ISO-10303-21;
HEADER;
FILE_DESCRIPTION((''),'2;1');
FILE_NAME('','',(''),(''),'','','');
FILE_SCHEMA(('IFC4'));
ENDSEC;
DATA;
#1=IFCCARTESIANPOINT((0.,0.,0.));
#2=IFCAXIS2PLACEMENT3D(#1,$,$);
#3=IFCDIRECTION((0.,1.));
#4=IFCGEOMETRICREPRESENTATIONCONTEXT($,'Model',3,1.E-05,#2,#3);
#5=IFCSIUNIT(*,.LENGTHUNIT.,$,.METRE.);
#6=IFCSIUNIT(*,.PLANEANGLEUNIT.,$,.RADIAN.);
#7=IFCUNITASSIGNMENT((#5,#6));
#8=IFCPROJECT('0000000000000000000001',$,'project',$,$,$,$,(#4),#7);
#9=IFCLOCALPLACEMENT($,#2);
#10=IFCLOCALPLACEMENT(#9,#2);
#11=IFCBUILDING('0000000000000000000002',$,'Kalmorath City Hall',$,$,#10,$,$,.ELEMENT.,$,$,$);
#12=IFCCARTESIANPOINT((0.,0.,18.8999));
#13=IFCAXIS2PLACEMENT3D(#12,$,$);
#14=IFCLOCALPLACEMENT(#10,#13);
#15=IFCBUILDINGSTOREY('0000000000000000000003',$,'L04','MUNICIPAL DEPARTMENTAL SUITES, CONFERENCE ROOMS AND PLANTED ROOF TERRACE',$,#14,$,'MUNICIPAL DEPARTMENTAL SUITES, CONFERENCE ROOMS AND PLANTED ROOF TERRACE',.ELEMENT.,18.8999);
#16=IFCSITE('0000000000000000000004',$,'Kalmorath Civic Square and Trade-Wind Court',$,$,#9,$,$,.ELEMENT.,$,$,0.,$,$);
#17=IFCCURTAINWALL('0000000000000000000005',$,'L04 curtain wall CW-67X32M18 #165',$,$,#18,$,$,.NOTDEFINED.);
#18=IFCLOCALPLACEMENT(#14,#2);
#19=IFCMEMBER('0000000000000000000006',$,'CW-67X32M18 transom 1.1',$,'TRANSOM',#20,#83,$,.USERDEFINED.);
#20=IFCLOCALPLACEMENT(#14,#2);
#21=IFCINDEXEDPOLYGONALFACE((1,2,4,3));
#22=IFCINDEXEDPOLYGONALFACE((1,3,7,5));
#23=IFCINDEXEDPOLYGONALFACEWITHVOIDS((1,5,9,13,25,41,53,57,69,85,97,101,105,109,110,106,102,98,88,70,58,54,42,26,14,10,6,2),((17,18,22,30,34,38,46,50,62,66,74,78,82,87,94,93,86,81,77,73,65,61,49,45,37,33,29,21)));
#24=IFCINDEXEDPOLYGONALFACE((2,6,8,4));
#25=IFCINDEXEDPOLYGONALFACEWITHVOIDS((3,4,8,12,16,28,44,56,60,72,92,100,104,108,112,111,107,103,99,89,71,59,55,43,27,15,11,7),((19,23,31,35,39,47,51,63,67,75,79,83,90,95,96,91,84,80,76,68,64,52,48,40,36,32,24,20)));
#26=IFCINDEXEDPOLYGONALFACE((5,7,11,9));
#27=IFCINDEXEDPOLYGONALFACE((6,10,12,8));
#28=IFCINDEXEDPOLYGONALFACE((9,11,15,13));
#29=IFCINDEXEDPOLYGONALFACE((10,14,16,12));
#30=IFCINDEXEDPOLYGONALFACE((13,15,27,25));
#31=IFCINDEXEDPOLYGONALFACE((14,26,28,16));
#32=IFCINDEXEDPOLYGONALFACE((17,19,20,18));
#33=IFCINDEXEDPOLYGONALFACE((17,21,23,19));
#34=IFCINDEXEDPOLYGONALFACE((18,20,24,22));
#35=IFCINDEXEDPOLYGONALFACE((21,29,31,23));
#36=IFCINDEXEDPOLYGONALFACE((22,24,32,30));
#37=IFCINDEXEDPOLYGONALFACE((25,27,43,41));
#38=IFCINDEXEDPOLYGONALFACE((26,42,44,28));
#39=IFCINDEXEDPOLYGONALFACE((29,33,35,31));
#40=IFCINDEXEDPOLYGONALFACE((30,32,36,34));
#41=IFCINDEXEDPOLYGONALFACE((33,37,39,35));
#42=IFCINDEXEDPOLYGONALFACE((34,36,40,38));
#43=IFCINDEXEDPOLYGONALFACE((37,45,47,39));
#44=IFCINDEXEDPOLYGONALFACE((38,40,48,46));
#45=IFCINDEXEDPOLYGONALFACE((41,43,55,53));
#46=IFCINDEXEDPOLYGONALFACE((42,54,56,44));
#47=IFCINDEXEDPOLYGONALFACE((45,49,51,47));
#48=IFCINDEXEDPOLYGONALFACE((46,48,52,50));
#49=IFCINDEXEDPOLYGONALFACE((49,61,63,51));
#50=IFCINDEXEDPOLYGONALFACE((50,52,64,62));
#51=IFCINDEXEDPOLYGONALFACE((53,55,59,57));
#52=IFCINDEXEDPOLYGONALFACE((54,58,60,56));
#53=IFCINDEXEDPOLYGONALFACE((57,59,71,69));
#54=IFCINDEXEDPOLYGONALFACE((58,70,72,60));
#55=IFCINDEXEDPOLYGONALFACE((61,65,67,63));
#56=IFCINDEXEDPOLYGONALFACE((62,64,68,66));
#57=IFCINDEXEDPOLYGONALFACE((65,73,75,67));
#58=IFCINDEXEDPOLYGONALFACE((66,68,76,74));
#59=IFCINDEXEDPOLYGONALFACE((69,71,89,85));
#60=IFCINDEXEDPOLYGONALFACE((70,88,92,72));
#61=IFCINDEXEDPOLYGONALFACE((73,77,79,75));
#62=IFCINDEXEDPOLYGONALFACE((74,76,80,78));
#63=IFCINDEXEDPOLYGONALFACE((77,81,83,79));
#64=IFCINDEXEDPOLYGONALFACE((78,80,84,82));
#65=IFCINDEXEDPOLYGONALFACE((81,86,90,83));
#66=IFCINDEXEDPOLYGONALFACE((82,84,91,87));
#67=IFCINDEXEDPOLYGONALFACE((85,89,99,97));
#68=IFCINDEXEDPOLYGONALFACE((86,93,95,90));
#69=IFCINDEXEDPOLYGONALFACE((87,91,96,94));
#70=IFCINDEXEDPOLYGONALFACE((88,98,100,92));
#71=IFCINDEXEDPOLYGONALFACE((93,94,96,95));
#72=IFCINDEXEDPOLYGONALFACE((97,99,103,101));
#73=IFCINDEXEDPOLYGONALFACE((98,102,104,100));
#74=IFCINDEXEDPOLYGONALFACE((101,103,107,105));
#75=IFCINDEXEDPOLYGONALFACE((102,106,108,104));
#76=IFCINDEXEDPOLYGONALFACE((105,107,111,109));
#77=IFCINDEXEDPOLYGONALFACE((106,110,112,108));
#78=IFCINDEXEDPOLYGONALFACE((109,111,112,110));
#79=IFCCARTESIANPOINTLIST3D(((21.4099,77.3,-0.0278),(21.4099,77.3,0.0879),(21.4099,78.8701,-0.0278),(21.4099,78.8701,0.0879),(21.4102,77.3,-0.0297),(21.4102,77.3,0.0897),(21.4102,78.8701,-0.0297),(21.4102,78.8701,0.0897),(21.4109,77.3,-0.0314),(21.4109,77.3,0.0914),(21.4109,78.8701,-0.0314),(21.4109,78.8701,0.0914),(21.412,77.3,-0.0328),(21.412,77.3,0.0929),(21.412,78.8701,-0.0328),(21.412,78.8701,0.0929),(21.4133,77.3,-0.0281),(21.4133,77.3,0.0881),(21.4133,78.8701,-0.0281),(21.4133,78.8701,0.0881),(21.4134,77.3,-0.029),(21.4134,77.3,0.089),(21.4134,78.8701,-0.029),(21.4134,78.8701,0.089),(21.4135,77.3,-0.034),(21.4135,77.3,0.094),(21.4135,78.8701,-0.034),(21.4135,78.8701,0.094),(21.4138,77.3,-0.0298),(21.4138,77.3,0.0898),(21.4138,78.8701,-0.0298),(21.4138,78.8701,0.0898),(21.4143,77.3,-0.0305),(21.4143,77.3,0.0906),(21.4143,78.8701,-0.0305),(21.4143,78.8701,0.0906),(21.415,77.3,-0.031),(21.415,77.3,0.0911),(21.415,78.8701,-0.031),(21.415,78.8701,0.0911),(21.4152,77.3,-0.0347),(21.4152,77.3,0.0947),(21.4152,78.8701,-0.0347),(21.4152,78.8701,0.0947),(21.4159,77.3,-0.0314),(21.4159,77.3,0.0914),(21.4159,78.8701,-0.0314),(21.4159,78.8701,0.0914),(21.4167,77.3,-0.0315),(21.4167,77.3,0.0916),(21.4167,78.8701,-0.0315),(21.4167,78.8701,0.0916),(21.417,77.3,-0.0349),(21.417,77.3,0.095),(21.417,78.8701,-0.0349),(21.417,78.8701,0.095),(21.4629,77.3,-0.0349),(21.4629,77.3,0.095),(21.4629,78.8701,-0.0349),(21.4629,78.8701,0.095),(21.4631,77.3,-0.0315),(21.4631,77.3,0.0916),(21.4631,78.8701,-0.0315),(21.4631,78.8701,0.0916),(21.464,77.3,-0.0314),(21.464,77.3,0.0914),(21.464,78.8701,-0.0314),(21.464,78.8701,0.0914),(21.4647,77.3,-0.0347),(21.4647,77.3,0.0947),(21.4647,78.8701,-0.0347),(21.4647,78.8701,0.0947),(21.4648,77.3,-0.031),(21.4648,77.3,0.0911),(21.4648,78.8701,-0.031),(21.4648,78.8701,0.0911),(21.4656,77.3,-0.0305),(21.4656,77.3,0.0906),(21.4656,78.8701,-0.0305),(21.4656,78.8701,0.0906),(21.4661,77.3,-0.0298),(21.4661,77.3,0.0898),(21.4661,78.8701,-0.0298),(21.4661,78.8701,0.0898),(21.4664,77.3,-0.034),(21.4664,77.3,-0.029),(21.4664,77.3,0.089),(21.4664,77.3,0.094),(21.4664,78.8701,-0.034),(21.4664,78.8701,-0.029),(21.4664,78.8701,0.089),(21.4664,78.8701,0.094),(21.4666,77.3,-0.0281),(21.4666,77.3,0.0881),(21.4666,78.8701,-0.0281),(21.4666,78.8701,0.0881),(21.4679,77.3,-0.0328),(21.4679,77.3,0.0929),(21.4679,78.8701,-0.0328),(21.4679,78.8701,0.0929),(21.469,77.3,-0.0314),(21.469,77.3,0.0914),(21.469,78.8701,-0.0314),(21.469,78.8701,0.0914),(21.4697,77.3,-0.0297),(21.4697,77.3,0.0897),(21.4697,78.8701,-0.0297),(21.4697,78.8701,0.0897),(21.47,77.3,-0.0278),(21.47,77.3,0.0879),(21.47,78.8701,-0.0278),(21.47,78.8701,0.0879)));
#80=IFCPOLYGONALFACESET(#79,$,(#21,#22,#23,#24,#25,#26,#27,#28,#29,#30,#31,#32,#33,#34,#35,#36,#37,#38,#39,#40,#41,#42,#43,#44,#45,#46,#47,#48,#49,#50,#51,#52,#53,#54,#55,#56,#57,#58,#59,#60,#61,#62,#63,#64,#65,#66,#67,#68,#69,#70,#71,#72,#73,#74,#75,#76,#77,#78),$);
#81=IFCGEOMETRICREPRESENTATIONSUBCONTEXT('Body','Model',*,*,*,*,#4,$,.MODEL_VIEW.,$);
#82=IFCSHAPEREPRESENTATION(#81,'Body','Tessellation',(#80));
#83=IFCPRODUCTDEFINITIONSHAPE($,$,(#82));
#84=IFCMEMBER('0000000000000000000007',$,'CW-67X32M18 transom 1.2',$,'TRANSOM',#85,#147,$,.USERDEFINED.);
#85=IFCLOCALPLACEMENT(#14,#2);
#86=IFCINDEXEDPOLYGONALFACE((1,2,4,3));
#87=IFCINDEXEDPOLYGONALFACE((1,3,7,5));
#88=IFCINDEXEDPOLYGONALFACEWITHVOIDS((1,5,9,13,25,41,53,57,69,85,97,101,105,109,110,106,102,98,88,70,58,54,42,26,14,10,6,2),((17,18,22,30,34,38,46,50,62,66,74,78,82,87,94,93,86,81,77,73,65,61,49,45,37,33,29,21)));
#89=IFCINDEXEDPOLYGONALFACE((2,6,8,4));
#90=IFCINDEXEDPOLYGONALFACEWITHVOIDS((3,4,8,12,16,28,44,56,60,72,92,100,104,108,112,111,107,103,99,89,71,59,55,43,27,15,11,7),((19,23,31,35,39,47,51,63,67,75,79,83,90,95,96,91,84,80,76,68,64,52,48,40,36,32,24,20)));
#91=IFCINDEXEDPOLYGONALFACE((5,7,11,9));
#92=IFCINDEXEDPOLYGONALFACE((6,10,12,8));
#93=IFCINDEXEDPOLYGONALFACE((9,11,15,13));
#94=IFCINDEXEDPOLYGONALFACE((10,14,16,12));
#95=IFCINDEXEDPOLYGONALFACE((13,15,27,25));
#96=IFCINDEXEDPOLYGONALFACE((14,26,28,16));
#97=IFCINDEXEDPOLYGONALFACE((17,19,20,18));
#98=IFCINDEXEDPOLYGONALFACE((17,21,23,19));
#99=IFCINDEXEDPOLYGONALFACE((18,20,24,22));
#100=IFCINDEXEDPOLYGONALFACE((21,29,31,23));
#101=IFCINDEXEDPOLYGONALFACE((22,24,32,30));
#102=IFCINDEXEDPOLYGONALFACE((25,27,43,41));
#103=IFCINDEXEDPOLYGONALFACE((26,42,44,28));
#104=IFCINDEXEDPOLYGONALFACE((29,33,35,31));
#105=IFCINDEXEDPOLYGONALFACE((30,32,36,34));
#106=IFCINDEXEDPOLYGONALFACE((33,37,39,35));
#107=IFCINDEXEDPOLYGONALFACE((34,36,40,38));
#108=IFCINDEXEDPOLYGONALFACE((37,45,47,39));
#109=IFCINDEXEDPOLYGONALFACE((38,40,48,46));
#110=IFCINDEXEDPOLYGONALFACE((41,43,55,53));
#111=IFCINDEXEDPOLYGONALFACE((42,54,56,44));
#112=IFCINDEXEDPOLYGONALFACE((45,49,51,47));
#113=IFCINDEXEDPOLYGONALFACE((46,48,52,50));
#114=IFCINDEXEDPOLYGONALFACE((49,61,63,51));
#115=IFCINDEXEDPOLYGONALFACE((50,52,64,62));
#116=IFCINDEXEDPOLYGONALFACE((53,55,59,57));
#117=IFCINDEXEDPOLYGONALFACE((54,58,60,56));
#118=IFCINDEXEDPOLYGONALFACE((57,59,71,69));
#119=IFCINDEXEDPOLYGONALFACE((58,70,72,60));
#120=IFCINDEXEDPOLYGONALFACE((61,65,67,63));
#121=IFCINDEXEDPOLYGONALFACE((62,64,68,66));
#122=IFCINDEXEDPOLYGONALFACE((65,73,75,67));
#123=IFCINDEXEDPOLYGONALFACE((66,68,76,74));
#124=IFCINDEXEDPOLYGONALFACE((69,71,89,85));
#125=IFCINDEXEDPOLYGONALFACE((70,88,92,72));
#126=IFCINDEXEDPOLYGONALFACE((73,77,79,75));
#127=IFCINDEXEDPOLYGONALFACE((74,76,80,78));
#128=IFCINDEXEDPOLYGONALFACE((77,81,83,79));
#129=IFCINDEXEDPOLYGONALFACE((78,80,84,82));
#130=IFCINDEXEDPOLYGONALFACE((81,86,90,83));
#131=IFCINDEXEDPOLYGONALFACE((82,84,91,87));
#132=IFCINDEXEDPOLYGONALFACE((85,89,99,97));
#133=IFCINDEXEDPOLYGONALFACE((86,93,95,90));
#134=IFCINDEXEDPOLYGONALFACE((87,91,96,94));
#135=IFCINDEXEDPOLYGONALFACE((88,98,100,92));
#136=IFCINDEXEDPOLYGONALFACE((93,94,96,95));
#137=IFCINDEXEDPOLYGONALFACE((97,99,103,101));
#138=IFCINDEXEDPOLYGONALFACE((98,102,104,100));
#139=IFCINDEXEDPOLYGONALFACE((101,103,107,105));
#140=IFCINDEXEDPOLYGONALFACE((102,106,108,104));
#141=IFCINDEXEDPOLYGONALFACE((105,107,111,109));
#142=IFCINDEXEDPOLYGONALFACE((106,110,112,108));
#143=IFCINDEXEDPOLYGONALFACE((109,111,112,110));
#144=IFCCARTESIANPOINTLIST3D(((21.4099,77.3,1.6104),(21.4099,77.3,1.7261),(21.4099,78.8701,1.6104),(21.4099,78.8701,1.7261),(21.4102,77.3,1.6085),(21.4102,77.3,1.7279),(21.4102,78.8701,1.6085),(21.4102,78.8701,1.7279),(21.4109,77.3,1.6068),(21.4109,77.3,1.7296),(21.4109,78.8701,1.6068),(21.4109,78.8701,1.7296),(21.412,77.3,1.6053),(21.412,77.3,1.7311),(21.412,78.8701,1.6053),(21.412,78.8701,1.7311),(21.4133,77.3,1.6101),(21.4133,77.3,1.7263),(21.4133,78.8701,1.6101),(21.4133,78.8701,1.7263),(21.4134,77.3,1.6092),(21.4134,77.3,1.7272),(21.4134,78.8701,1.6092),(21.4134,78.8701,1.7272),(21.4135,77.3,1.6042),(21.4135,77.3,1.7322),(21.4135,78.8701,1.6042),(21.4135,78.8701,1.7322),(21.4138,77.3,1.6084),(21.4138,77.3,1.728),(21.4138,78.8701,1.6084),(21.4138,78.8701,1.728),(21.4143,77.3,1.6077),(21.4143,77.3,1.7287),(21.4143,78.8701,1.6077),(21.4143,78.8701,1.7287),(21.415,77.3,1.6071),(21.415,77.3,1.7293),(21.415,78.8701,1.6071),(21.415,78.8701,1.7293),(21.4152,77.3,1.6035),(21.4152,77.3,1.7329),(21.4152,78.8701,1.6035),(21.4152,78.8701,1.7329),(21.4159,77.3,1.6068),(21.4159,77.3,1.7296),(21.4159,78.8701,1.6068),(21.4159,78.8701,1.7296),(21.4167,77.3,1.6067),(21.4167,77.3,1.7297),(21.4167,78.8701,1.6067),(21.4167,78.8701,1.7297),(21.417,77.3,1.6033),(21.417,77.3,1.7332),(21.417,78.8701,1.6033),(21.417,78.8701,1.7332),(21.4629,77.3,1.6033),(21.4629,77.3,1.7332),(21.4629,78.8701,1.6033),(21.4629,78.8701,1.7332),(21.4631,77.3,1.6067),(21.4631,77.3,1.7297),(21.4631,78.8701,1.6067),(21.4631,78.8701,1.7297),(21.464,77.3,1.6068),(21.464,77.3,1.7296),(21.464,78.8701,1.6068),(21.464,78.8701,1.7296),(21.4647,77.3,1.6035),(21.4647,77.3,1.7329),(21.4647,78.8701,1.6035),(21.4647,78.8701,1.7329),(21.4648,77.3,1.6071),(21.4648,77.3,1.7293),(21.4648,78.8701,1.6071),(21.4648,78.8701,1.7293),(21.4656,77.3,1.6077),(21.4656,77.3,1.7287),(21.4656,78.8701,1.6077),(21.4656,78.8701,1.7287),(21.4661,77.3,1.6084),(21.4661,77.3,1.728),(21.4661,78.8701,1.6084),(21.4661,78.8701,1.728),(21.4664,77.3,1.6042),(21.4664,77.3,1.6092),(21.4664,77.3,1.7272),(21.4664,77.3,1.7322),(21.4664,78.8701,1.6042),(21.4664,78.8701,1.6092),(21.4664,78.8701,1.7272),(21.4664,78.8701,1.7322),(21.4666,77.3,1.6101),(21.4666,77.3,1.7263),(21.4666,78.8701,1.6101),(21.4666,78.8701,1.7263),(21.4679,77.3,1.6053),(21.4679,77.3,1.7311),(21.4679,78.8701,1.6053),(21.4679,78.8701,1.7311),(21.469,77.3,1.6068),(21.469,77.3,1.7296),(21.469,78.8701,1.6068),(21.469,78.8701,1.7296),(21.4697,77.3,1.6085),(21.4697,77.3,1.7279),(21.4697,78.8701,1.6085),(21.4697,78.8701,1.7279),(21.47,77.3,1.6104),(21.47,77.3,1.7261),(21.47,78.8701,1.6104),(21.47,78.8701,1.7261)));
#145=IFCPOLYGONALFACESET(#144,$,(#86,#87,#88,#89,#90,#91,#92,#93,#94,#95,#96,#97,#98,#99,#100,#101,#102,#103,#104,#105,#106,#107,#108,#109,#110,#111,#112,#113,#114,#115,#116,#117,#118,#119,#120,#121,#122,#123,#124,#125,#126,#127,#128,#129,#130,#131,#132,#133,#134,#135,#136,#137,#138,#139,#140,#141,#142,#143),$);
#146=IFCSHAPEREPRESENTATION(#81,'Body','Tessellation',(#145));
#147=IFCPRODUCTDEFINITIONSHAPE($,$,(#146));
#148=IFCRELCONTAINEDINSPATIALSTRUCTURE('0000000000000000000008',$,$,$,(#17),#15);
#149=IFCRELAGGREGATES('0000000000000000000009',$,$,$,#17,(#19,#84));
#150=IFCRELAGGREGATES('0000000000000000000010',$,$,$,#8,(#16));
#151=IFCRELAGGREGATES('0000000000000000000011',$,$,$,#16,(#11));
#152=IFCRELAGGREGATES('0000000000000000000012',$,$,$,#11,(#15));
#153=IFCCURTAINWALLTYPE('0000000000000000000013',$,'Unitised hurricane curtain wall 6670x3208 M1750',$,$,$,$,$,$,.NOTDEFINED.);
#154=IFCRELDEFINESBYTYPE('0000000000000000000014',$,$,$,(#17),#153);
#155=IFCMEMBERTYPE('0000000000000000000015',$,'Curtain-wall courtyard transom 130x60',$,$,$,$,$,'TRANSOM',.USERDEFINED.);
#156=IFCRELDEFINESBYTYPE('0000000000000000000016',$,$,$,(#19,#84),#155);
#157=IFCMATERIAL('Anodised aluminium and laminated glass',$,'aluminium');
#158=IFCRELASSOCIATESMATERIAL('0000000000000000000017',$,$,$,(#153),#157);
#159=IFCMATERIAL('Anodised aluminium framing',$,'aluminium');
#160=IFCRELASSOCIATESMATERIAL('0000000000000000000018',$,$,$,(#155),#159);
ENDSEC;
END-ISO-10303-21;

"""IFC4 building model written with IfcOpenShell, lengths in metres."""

from ifc_helpers import new_model, si_unit, direction, frame, origin, origin_2d, place, context, subcontext, project, spatial, hollow_rectangle, extrude, material, material_profile, profile_set, type_object, element, aggregate, save


model = new_model("IFC4")

# Units and contexts
model_context = context("Model", 3, precision=1e-05, world=origin(), true_north=direction((0.0, 1.0)))
body_context = subcontext(model_context, "Body", "Model", "MODEL_VIEW")
ifc_project = project(units=[si_unit("LENGTHUNIT", "METRE"), si_unit("PLANEANGLEUNIT", "RADIAN")], contexts=[model_context])

# Site, building, storey
site_placement = place(None, origin())
site = spatial("IfcSite", under=ifc_project, at=site_placement, Name="Kalmorath Civic Square and Trade-Wind Court", CompositionType="ELEMENT", RefElevation=0.0)
building_placement = place(site_placement, origin())
building = spatial("IfcBuilding", under=site, at=building_placement, Name="Kalmorath City Hall", CompositionType="ELEMENT")
storey_placement = place(building_placement, frame((0.0, 0.0, 18.8999)))
storey = spatial("IfcBuildingStorey", under=building, at=storey_placement, Name="L04", Description="MUNICIPAL DEPARTMENTAL SUITES, CONFERENCE ROOMS AND PLANTED ROOF TERRACE", LongName="MUNICIPAL DEPARTMENTAL SUITES, CONFERENCE ROOMS AND PLANTED ROOF TERRACE", CompositionType="ELEMENT", Elevation=18.8999)

# Curtain wall, members
ifc_material_1 = material(Name="Anodised aluminium and laminated glass", Category="aluminium")
curtain_wall_type = type_object("IfcCurtainWallType", Name="Unitised hurricane curtain wall 6670x3208 M1750", PredefinedType="NOTDEFINED", material=ifc_material_1)
curtain_wall_placement = place(storey_placement, origin())
curtain_wall = element("IfcCurtainWall", 1, at=curtain_wall_placement, inside=storey, type_object=curtain_wall_type, Name="L04 curtain wall CW-67X32M18 #165", PredefinedType="NOTDEFINED")
ifc_material_2 = material(Name="Anodised aluminium framing", Category="aluminium")
ifc_material_profile_1 = material_profile(ifc_material_2, hollow_rectangle(XDim=0.0601, YDim=0.1299, WallThickness=0.0034, InnerFilletRadius=0.0034, OuterFilletRadius=0.0071, at=origin_2d()), Name="ALU-TRN-130X60X3.5")
ifc_profile_set_1 = profile_set([ifc_material_profile_1], Name="Anodised aluminium framing")
member_type_1 = type_object("IfcMemberType", Name="Curtain-wall courtyard transom 130x60", ElementType="TRANSOM", PredefinedType="USERDEFINED", material=ifc_profile_set_1)
member_1_placement = place(storey_placement, frame((21.4399, 78.8701, 0.03), z_axis=(0.0, -1.0, 0.0), x_axis=(1.0, 0.0, 0.0)))
member_1 = element("IfcMember", 2, at=member_1_placement, type_object=member_type_1, Name="CW-67X32M18 transom 1.1", ObjectType="TRANSOM", PredefinedType="USERDEFINED", context=body_context, shape_type="SweptSolid", body=[
    extrude(hollow_rectangle(XDim=0.0601, YDim=0.1299, WallThickness=0.0034, InnerFilletRadius=0.0034, OuterFilletRadius=0.0071, at=origin_2d()), origin(), (0.0, 0.0, 1.0), 1.5701),
])
member_2_placement = place(storey_placement, frame((21.4399, 78.8701, 1.6682), z_axis=(0.0, -1.0, 0.0), x_axis=(1.0, 0.0, 0.0)))
member_2 = element("IfcMember", 3, at=member_2_placement, type_object=member_type_1, Name="CW-67X32M18 transom 1.2", ObjectType="TRANSOM", PredefinedType="USERDEFINED", context=body_context, shape_type="SweptSolid", body=[
    extrude(hollow_rectangle(XDim=0.0601, YDim=0.1299, WallThickness=0.0034, InnerFilletRadius=0.0034, OuterFilletRadius=0.0071, at=origin_2d()), origin(), (0.0, 0.0, 1.0), 1.5701),
])

aggregate(curtain_wall, [member_1, member_2])

save(model, "model.ifc")
